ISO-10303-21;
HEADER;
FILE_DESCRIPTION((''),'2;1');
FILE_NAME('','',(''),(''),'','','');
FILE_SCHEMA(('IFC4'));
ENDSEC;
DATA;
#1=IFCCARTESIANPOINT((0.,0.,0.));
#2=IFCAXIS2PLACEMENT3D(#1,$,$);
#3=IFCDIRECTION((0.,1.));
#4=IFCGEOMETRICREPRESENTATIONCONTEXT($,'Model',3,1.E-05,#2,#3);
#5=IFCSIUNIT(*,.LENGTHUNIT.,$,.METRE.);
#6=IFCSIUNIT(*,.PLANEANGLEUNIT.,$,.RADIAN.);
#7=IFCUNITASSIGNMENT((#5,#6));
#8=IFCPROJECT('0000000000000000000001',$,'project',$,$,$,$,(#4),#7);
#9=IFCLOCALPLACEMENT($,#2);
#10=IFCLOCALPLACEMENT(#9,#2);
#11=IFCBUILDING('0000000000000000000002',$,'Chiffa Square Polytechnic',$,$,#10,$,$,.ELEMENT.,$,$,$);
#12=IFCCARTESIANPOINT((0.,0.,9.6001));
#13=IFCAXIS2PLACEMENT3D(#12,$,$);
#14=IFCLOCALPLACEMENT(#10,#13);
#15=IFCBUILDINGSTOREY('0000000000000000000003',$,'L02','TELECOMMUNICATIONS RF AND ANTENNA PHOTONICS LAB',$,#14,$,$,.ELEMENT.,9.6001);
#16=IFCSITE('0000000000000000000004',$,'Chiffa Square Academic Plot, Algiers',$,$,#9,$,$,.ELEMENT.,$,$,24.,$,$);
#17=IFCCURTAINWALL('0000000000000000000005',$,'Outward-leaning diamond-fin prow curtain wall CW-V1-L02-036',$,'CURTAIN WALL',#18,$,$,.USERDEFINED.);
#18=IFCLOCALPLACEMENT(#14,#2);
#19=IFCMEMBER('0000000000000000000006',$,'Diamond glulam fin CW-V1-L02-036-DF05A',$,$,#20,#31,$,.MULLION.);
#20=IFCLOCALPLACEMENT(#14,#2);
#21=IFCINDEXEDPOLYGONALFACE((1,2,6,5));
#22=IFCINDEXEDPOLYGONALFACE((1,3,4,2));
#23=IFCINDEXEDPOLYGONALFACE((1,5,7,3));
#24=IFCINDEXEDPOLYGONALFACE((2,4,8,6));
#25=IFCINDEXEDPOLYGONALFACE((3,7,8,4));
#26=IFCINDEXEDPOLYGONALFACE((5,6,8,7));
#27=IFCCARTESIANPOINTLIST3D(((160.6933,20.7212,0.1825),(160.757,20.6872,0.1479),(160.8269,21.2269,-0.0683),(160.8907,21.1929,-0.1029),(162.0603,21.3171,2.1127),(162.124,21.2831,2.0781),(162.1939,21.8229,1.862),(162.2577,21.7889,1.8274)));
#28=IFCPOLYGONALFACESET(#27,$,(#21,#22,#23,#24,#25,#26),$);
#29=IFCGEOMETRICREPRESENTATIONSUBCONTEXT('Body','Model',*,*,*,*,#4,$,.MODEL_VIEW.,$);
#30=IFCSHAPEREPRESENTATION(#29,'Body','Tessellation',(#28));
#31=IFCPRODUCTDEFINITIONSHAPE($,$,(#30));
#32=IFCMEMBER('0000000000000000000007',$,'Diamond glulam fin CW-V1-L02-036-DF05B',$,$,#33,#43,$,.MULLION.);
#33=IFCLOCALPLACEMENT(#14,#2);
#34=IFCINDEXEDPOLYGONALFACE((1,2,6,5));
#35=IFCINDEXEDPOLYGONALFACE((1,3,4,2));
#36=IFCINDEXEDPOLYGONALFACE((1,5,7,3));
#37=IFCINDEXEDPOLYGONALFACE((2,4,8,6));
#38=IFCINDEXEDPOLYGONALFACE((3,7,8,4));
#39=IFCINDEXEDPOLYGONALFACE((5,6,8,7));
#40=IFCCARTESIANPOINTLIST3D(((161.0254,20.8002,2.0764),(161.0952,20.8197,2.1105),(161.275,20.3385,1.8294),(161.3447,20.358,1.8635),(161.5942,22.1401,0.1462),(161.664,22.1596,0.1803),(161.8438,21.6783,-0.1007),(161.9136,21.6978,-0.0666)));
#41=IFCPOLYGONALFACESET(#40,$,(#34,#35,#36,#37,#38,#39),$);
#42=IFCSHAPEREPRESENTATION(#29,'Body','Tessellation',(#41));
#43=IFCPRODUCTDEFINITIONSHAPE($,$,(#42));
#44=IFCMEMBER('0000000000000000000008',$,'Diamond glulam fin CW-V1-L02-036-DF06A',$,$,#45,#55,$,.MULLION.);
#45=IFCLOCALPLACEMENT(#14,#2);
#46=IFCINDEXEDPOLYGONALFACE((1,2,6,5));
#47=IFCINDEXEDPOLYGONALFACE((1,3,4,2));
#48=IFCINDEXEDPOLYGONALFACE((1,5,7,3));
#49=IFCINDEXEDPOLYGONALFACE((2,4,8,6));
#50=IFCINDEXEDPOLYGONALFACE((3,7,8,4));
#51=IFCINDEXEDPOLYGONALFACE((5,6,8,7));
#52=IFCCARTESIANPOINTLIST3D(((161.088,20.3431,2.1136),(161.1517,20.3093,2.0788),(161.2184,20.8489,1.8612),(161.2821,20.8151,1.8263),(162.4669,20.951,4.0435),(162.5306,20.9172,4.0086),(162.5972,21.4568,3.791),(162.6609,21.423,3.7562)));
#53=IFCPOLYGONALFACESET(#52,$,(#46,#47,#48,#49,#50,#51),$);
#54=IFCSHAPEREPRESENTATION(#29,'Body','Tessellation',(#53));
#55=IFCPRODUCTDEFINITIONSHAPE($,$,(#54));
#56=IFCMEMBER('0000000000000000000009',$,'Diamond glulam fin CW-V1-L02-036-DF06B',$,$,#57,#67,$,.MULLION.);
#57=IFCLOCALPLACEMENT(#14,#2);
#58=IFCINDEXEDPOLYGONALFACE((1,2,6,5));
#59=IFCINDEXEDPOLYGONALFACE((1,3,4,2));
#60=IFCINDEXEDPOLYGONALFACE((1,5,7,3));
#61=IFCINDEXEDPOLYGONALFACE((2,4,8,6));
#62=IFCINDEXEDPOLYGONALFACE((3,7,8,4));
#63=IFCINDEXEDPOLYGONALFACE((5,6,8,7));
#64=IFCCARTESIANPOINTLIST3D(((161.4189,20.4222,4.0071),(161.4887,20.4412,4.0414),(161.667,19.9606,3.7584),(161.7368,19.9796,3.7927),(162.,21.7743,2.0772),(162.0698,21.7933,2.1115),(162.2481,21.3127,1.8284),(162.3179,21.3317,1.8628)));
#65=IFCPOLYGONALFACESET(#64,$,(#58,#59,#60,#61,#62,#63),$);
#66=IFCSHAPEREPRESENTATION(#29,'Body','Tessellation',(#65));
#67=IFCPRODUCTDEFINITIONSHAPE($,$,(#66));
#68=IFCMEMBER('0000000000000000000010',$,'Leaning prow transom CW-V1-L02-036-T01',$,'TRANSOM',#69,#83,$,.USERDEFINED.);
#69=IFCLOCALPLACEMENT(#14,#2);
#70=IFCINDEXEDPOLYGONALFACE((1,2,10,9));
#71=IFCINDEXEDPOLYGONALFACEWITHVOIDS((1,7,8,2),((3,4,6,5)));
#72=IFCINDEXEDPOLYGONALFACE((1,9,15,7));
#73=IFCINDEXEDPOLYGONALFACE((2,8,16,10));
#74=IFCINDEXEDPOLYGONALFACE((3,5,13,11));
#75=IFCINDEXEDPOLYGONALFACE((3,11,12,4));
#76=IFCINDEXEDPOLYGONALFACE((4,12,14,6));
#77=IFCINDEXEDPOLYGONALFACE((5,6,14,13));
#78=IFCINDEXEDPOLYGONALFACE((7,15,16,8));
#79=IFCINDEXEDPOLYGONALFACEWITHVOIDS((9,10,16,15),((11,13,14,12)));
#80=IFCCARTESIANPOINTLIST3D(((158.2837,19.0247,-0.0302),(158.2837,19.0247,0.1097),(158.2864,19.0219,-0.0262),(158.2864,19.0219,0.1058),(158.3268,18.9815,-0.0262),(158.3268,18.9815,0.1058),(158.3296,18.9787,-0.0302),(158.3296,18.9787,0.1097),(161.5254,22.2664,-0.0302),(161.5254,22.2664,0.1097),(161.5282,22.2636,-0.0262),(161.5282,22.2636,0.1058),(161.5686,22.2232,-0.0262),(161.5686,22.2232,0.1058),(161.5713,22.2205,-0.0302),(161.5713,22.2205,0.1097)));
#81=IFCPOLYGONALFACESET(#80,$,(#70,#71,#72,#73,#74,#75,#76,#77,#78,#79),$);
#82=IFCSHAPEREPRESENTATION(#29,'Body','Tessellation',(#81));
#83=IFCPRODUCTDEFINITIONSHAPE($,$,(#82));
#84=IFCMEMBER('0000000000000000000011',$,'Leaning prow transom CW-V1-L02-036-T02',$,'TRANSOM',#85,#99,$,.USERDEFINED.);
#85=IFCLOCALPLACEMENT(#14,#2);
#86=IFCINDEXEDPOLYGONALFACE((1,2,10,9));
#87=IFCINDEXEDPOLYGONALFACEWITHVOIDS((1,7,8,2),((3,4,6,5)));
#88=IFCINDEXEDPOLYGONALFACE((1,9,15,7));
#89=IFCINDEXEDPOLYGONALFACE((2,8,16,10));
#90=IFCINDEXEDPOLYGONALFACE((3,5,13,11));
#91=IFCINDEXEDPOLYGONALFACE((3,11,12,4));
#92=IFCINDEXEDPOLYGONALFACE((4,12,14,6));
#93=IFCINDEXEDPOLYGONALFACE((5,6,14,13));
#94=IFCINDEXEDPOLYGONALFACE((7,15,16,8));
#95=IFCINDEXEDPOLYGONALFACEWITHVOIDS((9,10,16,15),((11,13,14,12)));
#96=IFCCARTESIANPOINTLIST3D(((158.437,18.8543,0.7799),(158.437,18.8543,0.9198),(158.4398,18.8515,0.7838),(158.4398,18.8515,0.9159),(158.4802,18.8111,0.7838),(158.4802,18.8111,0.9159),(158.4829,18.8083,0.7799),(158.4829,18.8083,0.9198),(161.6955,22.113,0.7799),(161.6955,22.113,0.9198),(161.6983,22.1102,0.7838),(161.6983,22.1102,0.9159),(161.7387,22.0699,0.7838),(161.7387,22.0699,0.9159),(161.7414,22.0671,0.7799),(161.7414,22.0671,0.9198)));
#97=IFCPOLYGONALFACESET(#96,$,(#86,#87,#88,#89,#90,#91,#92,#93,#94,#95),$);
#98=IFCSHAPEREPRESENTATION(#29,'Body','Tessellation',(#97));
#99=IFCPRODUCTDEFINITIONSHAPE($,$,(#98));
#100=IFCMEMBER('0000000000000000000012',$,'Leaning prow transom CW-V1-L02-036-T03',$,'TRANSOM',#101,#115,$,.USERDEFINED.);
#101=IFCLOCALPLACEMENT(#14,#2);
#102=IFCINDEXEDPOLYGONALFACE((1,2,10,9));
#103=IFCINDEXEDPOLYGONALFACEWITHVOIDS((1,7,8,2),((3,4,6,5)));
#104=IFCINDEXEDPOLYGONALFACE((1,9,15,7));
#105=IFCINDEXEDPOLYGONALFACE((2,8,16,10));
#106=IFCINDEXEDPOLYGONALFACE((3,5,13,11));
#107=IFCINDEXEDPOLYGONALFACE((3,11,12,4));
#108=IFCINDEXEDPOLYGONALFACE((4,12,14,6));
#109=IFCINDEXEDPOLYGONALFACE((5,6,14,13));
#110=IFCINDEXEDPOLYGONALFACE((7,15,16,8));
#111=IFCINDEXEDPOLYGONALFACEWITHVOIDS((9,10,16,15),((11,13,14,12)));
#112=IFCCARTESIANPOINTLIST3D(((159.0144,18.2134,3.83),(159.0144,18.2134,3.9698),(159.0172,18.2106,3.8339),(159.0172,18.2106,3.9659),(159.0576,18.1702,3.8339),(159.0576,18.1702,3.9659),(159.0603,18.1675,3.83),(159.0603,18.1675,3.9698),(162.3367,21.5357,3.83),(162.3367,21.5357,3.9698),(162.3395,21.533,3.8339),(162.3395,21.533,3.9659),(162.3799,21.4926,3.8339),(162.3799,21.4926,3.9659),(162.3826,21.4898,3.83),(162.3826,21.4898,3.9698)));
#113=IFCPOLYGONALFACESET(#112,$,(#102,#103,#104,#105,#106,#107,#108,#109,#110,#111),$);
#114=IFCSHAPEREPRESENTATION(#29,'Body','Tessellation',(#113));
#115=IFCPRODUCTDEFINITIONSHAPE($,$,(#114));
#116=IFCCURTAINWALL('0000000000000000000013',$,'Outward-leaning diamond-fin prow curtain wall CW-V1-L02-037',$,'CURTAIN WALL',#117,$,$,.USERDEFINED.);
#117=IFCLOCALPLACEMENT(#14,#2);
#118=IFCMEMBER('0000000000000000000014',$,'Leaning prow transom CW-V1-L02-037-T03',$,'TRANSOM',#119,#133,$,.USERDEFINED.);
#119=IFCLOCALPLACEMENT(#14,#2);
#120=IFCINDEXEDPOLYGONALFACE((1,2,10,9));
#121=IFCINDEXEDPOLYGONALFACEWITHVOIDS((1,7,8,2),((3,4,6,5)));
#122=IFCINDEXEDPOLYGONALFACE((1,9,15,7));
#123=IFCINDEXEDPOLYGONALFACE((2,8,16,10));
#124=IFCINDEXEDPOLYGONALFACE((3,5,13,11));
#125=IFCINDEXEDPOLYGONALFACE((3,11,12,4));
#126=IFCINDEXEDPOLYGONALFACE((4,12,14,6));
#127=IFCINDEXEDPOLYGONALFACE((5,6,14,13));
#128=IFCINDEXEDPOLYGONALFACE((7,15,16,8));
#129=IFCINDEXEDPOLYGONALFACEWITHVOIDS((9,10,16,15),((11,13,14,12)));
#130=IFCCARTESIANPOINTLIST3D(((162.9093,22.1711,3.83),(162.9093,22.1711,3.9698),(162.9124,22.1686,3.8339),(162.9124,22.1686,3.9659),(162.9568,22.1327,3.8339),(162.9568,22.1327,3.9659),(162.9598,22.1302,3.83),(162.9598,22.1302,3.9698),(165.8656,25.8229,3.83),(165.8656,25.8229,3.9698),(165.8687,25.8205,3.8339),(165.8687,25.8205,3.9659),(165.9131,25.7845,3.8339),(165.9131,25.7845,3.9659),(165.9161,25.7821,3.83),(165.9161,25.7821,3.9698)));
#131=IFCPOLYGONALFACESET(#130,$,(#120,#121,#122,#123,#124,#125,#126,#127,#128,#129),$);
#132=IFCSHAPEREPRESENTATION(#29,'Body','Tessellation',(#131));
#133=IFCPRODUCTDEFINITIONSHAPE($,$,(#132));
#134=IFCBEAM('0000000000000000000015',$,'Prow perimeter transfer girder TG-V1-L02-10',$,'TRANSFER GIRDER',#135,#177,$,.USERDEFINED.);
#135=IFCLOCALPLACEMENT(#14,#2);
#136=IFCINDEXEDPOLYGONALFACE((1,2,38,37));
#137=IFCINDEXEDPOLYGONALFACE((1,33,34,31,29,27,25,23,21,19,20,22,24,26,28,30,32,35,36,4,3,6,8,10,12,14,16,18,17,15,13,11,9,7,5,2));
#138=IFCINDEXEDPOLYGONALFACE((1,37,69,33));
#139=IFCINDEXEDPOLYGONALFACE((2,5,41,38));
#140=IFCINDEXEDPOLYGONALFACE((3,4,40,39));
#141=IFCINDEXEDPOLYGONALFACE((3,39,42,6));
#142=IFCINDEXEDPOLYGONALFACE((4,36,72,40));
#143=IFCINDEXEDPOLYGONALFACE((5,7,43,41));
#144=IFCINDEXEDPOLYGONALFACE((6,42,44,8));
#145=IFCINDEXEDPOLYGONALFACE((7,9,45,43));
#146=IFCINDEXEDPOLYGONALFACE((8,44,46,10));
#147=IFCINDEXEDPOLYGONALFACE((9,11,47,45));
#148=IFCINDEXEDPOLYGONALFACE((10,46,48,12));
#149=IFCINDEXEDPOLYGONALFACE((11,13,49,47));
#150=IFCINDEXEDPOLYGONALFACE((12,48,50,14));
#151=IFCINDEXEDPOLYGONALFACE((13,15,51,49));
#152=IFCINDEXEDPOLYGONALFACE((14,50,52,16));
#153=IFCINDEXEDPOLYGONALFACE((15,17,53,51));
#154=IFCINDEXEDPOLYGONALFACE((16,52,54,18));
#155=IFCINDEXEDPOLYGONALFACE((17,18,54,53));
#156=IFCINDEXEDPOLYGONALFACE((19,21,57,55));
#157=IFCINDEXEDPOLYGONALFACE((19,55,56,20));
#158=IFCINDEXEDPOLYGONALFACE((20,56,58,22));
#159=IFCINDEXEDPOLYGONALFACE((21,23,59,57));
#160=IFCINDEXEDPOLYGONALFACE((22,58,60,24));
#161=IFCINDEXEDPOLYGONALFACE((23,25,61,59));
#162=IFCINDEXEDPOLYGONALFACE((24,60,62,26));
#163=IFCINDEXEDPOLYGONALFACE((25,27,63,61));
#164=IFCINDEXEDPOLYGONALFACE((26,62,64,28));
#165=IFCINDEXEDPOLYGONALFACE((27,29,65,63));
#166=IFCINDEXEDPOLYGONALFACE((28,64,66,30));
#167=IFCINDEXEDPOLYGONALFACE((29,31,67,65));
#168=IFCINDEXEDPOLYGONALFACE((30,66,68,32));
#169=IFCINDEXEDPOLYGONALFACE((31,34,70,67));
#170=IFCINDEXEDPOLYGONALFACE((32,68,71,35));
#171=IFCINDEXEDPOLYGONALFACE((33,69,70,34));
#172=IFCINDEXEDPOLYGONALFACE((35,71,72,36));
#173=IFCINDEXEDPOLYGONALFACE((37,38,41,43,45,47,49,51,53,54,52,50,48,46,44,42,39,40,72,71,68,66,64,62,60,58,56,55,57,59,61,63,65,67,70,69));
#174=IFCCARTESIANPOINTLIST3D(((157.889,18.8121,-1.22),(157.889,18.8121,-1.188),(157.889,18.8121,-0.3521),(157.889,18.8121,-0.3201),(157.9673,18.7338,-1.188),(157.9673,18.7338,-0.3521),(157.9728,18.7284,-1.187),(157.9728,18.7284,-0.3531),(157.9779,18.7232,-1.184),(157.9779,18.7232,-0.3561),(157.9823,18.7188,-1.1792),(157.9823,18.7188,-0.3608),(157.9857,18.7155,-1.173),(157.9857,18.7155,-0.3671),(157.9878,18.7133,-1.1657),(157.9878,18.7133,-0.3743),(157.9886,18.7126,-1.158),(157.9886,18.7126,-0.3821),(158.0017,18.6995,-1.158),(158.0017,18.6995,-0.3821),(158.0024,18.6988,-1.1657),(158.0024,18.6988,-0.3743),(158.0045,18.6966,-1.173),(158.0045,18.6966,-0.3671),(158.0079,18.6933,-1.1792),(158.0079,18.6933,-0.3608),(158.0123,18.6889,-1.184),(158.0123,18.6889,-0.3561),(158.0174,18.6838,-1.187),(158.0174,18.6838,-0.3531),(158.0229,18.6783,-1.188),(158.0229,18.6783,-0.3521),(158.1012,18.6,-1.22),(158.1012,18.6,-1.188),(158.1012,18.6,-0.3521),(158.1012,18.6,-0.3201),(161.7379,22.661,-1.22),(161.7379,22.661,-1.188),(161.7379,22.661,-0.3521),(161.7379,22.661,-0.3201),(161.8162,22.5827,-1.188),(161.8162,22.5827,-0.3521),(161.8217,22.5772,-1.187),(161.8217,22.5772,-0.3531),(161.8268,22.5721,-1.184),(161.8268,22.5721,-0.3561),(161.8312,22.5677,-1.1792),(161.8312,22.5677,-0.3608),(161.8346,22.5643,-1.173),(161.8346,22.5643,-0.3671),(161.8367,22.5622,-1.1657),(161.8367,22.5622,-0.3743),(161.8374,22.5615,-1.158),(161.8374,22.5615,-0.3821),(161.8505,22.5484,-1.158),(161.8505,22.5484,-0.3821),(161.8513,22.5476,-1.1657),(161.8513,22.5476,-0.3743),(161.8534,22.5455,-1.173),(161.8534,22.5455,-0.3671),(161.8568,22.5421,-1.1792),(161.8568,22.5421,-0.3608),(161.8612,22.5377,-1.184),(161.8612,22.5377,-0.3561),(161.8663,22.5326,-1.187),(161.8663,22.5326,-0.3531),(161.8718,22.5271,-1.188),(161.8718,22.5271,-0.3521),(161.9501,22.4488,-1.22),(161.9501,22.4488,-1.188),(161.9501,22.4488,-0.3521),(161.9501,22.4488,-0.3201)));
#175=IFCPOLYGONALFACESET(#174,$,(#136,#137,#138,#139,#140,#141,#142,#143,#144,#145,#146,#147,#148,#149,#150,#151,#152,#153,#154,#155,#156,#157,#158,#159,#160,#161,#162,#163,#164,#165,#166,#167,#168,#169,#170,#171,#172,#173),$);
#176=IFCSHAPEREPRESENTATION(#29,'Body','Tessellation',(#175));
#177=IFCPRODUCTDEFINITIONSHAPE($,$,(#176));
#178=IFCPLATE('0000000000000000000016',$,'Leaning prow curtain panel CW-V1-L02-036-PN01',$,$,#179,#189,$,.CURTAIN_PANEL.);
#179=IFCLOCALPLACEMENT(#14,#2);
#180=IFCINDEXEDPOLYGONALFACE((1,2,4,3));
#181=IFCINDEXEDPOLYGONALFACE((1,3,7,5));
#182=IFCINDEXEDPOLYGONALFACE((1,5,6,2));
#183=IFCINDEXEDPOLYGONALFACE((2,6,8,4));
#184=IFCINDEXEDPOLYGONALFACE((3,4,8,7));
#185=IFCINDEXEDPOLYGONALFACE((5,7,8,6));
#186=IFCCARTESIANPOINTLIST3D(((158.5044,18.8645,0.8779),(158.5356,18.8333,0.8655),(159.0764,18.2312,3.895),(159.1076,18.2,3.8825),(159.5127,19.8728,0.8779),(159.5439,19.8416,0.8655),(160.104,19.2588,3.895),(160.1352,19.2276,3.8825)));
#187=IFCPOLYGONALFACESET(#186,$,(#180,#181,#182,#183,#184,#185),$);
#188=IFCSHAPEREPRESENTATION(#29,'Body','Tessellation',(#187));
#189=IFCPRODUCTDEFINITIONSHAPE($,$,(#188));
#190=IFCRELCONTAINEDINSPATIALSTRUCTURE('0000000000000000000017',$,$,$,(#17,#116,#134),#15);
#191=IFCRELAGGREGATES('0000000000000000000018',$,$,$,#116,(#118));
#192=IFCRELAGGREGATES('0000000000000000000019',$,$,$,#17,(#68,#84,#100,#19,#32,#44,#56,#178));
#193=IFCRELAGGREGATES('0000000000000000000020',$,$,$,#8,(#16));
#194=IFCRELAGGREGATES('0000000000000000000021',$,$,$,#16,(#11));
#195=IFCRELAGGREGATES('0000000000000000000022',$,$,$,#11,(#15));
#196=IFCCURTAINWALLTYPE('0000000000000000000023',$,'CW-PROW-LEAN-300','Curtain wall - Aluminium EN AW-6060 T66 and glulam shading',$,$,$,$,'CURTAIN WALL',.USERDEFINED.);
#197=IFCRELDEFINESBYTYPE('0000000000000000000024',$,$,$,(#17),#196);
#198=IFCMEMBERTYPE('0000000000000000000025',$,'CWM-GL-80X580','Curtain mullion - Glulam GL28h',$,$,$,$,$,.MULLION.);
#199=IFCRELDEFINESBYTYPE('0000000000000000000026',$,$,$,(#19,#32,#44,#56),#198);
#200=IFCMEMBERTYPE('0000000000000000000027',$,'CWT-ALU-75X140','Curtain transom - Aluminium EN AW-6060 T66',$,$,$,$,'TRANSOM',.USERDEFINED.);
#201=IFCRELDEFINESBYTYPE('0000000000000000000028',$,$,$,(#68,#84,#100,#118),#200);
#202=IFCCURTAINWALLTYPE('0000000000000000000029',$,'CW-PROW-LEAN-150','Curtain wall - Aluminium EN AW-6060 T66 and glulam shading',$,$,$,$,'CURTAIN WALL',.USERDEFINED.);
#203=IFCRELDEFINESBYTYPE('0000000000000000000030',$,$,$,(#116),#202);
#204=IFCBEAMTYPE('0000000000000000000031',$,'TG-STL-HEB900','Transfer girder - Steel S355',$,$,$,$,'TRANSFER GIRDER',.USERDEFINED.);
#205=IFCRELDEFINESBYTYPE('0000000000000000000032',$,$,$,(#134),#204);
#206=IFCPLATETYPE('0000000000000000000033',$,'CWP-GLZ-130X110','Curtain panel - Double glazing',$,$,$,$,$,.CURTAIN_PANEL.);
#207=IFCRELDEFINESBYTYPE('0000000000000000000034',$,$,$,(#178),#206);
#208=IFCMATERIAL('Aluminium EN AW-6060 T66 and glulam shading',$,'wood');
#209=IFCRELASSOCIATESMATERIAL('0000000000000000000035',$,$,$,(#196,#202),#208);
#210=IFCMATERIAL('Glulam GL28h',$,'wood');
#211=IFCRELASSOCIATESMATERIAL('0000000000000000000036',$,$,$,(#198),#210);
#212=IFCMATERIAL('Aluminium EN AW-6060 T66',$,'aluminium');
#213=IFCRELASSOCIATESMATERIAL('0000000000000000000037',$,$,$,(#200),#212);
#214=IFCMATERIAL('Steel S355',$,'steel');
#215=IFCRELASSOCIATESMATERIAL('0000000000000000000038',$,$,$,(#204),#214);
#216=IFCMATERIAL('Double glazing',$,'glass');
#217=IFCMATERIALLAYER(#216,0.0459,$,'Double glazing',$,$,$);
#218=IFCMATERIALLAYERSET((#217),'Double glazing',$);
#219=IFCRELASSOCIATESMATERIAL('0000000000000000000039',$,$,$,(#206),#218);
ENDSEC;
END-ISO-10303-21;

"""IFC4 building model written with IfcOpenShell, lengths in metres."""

from ifc_helpers import new_model, si_unit, direction, frame, origin, origin_2d, place, context, subcontext, project, spatial, polyline, rectangle, hollow_rectangle, i_section, outline, extrude, material, layer, layer_set, material_profile, profile_set, type_object, element, aggregate, save


model = new_model("IFC4")

# Units and contexts
model_context = context("Model", 3, precision=1e-05, world=origin(), true_north=direction((0.0, 1.0)))
body_context = subcontext(model_context, "Body", "Model", "MODEL_VIEW")
ifc_project = project(units=[si_unit("LENGTHUNIT", "METRE"), si_unit("PLANEANGLEUNIT", "RADIAN")], contexts=[model_context])

# Site, building, storey
site_placement = place(None, origin())
site = spatial("IfcSite", under=ifc_project, at=site_placement, Name="Chiffa Square Academic Plot, Algiers", CompositionType="ELEMENT", RefElevation=24.0)
building_placement = place(site_placement, origin())
building = spatial("IfcBuilding", under=site, at=building_placement, Name="Chiffa Square Polytechnic", CompositionType="ELEMENT")
storey_placement = place(building_placement, frame((0.0, 0.0, 9.6001)))
storey = spatial("IfcBuildingStorey", under=building, at=storey_placement, Name="L02", Description="TELECOMMUNICATIONS RF AND ANTENNA PHOTONICS LAB", CompositionType="ELEMENT", Elevation=9.6001)

# Curtain wall
ifc_material_1 = material(Name="Aluminium EN AW-6060 T66 and glulam shading", Category="wood")
curtain_wall_type_1 = type_object("IfcCurtainWallType", Name="CW-PROW-LEAN-300", Description="Curtain wall - Aluminium EN AW-6060 T66 and glulam shading", ElementType="CURTAIN WALL", PredefinedType="USERDEFINED", material=ifc_material_1)
curtain_wall_1_placement = place(storey_placement, origin())
curtain_wall_1 = element("IfcCurtainWall", 1, at=curtain_wall_1_placement, inside=storey, type_object=curtain_wall_type_1, Name="Outward-leaning diamond-fin prow curtain wall CW-V1-L02-036", ObjectType="CURTAIN WALL", PredefinedType="USERDEFINED")
ifc_material_2 = material(Name="Aluminium EN AW-6060 T66", Category="aluminium")

# Shared definitions
curtain_wall_type_2 = type_object("IfcCurtainWallType", Name="CW-PROW-LEAN-150", Description="Curtain wall - Aluminium EN AW-6060 T66 and glulam shading", ElementType="CURTAIN WALL", PredefinedType="USERDEFINED", material=ifc_material_1)
ifc_material_3 = material(Name="Glulam GL28h", Category="wood")
ifc_material_profile_1 = material_profile(ifc_material_3, rectangle(XDim=0.0801, YDim=0.5801, at=origin_2d()), Name="GL28h 80x580")
ifc_profile_set_1 = profile_set([ifc_material_profile_1], Name="Glulam GL28h")
member_type_1 = type_object("IfcMemberType", Name="CWM-GL-80X580", Description="Curtain mullion - Glulam GL28h", PredefinedType="MULLION", material=ifc_profile_set_1)

# Members
member_1_placement = place(storey_placement, frame((160.792, 20.957, 0.0398), z_axis=(0.560427, 0.24433, 0.791344), x_axis=(-0.795526, 0.424559, 0.432305)))
member_1 = element("IfcMember", 2, at=member_1_placement, type_object=member_type_1, Name="Diamond glulam fin CW-V1-L02-036-DF05A", PredefinedType="MULLION", context=body_context, shape_type="SweptSolid", body=[
    extrude(rectangle(XDim=0.0801, YDim=0.5801, at=origin_2d()), origin(), (0.0, 0.0, 1.0), 2.4392),
])
member_2_placement = place(storey_placement, frame((161.7539, 21.9189, 0.0398), z_axis=(-0.235303, -0.554225, 0.798415), x_axis=(0.871506, 0.243331, 0.425754)))
member_2 = element("IfcMember", 3, at=member_2_placement, type_object=member_type_1, Name="Diamond glulam fin CW-V1-L02-036-DF05B", PredefinedType="MULLION", context=body_context, shape_type="SweptSolid", body=[
    extrude(rectangle(XDim=0.0801, YDim=0.5801, at=origin_2d()), origin(), (0.0, 0.0, 1.0), 2.4175),
])
member_3_placement = place(storey_placement, frame((161.1851, 20.5791, 1.97), z_axis=(0.563144, 0.24827, 0.788182), x_axis=(-0.795216, 0.422192, 0.435183)))
member_3 = element("IfcMember", 4, at=member_3_placement, type_object=member_type_1, Name="Diamond glulam fin CW-V1-L02-036-DF06A", PredefinedType="MULLION", context=body_context, shape_type="SweptSolid", body=[
    extrude(rectangle(XDim=0.0801, YDim=0.5801, at=origin_2d()), origin(), (0.0, 0.0, 1.0), 2.4485),
])
member_4_placement = place(storey_placement, frame((162.1589, 21.553, 1.97), z_axis=(-0.239413, -0.557089, 0.795194), x_axis=(0.871668, 0.237407, 0.428758)))
member_4 = element("IfcMember", 5, at=member_4_placement, type_object=member_type_1, Name="Diamond glulam fin CW-V1-L02-036-DF06B", PredefinedType="MULLION", context=body_context, shape_type="SweptSolid", body=[
    extrude(rectangle(XDim=0.0801, YDim=0.5801, at=origin_2d()), origin(), (0.0, 0.0, 1.0), 2.427),
])
ifc_material_profile_2 = material_profile(ifc_material_2, hollow_rectangle(XDim=0.0649, YDim=0.1399, WallThickness=0.0039, at=origin_2d()), Name="ALU 65x140x4")
ifc_profile_set_2 = profile_set([ifc_material_profile_2], Name="Aluminium EN AW-6060 T66")
member_type_2 = type_object("IfcMemberType", Name="CWT-ALU-75X140", Description="Curtain transom - Aluminium EN AW-6060 T66", ElementType="TRANSOM", PredefinedType="USERDEFINED", material=ifc_profile_set_2)
member_5_placement = place(storey_placement, frame((158.3066, 19.0017, 0.0398), z_axis=(0.707107, 0.707107, 0.0), x_axis=(-0.707107, 0.707107, 0.0)))
member_5 = element("IfcMember", 6, at=member_5_placement, type_object=member_type_2, Name="Leaning prow transom CW-V1-L02-036-T01", ObjectType="TRANSOM", PredefinedType="USERDEFINED", context=body_context, shape_type="SweptSolid", body=[
    extrude(hollow_rectangle(XDim=0.0649, YDim=0.1399, WallThickness=0.0039, at=origin_2d()), origin(), (0.0, 0.0, 1.0), 4.5845),
])
member_6_placement = place(storey_placement, frame((158.46, 18.8313, 0.8499), z_axis=(0.70708, 0.707133, 0.0), x_axis=(-0.707133, 0.70708, 0.0)))
member_6 = element("IfcMember", 7, at=member_6_placement, type_object=member_type_2, Name="Leaning prow transom CW-V1-L02-036-T02", ObjectType="TRANSOM", PredefinedType="USERDEFINED", context=body_context, shape_type="SweptSolid", body=[
    extrude(hollow_rectangle(XDim=0.0649, YDim=0.1399, WallThickness=0.0039, at=origin_2d()), origin(), (0.0, 0.0, 1.0), 4.6084),
])
member_7_placement = place(storey_placement, frame((159.0374, 18.1904, 3.8999), z_axis=(0.707107, 0.707107, 0.0), x_axis=(-0.707107, 0.707107, 0.0)))
member_7 = element("IfcMember", 8, at=member_7_placement, type_object=member_type_2, Name="Leaning prow transom CW-V1-L02-036-T03", ObjectType="TRANSOM", PredefinedType="USERDEFINED", context=body_context, shape_type="SweptSolid", body=[
    extrude(hollow_rectangle(XDim=0.0649, YDim=0.1399, WallThickness=0.0039, at=origin_2d()), origin(), (0.0, 0.0, 1.0), 4.6985),
])

# Curtain wall, member
curtain_wall_2_placement = place(storey_placement, origin())
curtain_wall_2 = element("IfcCurtainWall", 9, at=curtain_wall_2_placement, inside=storey, type_object=curtain_wall_type_2, Name="Outward-leaning diamond-fin prow curtain wall CW-V1-L02-037", ObjectType="CURTAIN WALL", PredefinedType="USERDEFINED")
member_8_placement = place(storey_placement, frame((162.9346, 22.1506, 3.8999), z_axis=(0.629203, 0.777241, 0.0), x_axis=(-0.777241, 0.629203, 0.0)))
member_8 = element("IfcMember", 10, at=member_8_placement, type_object=member_type_2, Name="Leaning prow transom CW-V1-L02-037-T03", ObjectType="TRANSOM", PredefinedType="USERDEFINED", context=body_context, shape_type="SweptSolid", body=[
    extrude(hollow_rectangle(XDim=0.0649, YDim=0.1399, WallThickness=0.0039, at=origin_2d()), origin(), (0.0, 0.0, 1.0), 4.6985),
])
aggregate(curtain_wall_2, [member_8])

# Beam
ifc_material_4 = material(Name="Steel S355", Category="steel")
ifc_material_profile_3 = material_profile(ifc_material_4, i_section(OverallWidth=0.3, OverallDepth=0.8999, WebThickness=0.0186, FlangeThickness=0.032, FilletRadius=0.03, at=origin_2d()), Name="HEB 900")
ifc_profile_set_3 = profile_set([ifc_material_profile_3], Name="Steel S355")
beam_type = type_object("IfcBeamType", Name="TG-STL-HEB900", Description="Transfer girder - Steel S355", ElementType="TRANSFER GIRDER", PredefinedType="USERDEFINED", material=ifc_profile_set_3)
beam_placement = place(storey_placement, frame((157.9951, 18.7061, -0.77), z_axis=(0.707107, 0.707107, 0.0), x_axis=(-0.707107, 0.707107, 0.0)))
element("IfcBeam", 11, at=beam_placement, inside=storey, type_object=beam_type, Name="Prow perimeter transfer girder TG-V1-L02-10", ObjectType="TRANSFER GIRDER", PredefinedType="USERDEFINED", context=body_context, shape_type="SweptSolid", body=[
    extrude(i_section(OverallWidth=0.3, OverallDepth=0.8999, WebThickness=0.0186, FlangeThickness=0.032, FilletRadius=0.03, at=origin_2d()), origin(), (0.0, 0.0, 1.0), 5.4431),
])

# Plate
ifc_material_5 = material(Name="Double glazing", Category="glass")
ifc_layer_1 = layer(ifc_material_5, 0.0459, Name="Double glazing")
ifc_layer_set_1 = layer_set([ifc_layer_1], Name="Double glazing")
plate_type_1 = type_object("IfcPlateType", Name="CWP-GLZ-130X110", Description="Curtain panel - Double glazing", PredefinedType="CURTAIN_PANEL", material=ifc_layer_set_1)
plate_1_placement = place(storey_placement, frame((158.5044, 18.8645, 0.8779), z_axis=(-0.680477, 0.680477, 0.271849), x_axis=(0.707107, 0.707107, 0.0)))
plate_1 = element("IfcPlate", 12, at=plate_1_placement, type_object=plate_type_1, Name="Leaning prow curtain panel CW-V1-L02-036-PN01", PredefinedType="CURTAIN_PANEL", context=body_context, shape_type="SweptSolid", body=[
    extrude(outline(polyline([(0.0, 0.0), (1.426, 0.0), (1.4099, -3.1352), (-0.0433, -3.1352), (0.0, 0.0)])), origin(), (0.0, 0.0, -1.0), 0.0459),
])
aggregate(curtain_wall_1, [member_5, member_6, member_7, member_1, member_2, member_3, member_4, plate_1])

save(model, "model.ifc")
